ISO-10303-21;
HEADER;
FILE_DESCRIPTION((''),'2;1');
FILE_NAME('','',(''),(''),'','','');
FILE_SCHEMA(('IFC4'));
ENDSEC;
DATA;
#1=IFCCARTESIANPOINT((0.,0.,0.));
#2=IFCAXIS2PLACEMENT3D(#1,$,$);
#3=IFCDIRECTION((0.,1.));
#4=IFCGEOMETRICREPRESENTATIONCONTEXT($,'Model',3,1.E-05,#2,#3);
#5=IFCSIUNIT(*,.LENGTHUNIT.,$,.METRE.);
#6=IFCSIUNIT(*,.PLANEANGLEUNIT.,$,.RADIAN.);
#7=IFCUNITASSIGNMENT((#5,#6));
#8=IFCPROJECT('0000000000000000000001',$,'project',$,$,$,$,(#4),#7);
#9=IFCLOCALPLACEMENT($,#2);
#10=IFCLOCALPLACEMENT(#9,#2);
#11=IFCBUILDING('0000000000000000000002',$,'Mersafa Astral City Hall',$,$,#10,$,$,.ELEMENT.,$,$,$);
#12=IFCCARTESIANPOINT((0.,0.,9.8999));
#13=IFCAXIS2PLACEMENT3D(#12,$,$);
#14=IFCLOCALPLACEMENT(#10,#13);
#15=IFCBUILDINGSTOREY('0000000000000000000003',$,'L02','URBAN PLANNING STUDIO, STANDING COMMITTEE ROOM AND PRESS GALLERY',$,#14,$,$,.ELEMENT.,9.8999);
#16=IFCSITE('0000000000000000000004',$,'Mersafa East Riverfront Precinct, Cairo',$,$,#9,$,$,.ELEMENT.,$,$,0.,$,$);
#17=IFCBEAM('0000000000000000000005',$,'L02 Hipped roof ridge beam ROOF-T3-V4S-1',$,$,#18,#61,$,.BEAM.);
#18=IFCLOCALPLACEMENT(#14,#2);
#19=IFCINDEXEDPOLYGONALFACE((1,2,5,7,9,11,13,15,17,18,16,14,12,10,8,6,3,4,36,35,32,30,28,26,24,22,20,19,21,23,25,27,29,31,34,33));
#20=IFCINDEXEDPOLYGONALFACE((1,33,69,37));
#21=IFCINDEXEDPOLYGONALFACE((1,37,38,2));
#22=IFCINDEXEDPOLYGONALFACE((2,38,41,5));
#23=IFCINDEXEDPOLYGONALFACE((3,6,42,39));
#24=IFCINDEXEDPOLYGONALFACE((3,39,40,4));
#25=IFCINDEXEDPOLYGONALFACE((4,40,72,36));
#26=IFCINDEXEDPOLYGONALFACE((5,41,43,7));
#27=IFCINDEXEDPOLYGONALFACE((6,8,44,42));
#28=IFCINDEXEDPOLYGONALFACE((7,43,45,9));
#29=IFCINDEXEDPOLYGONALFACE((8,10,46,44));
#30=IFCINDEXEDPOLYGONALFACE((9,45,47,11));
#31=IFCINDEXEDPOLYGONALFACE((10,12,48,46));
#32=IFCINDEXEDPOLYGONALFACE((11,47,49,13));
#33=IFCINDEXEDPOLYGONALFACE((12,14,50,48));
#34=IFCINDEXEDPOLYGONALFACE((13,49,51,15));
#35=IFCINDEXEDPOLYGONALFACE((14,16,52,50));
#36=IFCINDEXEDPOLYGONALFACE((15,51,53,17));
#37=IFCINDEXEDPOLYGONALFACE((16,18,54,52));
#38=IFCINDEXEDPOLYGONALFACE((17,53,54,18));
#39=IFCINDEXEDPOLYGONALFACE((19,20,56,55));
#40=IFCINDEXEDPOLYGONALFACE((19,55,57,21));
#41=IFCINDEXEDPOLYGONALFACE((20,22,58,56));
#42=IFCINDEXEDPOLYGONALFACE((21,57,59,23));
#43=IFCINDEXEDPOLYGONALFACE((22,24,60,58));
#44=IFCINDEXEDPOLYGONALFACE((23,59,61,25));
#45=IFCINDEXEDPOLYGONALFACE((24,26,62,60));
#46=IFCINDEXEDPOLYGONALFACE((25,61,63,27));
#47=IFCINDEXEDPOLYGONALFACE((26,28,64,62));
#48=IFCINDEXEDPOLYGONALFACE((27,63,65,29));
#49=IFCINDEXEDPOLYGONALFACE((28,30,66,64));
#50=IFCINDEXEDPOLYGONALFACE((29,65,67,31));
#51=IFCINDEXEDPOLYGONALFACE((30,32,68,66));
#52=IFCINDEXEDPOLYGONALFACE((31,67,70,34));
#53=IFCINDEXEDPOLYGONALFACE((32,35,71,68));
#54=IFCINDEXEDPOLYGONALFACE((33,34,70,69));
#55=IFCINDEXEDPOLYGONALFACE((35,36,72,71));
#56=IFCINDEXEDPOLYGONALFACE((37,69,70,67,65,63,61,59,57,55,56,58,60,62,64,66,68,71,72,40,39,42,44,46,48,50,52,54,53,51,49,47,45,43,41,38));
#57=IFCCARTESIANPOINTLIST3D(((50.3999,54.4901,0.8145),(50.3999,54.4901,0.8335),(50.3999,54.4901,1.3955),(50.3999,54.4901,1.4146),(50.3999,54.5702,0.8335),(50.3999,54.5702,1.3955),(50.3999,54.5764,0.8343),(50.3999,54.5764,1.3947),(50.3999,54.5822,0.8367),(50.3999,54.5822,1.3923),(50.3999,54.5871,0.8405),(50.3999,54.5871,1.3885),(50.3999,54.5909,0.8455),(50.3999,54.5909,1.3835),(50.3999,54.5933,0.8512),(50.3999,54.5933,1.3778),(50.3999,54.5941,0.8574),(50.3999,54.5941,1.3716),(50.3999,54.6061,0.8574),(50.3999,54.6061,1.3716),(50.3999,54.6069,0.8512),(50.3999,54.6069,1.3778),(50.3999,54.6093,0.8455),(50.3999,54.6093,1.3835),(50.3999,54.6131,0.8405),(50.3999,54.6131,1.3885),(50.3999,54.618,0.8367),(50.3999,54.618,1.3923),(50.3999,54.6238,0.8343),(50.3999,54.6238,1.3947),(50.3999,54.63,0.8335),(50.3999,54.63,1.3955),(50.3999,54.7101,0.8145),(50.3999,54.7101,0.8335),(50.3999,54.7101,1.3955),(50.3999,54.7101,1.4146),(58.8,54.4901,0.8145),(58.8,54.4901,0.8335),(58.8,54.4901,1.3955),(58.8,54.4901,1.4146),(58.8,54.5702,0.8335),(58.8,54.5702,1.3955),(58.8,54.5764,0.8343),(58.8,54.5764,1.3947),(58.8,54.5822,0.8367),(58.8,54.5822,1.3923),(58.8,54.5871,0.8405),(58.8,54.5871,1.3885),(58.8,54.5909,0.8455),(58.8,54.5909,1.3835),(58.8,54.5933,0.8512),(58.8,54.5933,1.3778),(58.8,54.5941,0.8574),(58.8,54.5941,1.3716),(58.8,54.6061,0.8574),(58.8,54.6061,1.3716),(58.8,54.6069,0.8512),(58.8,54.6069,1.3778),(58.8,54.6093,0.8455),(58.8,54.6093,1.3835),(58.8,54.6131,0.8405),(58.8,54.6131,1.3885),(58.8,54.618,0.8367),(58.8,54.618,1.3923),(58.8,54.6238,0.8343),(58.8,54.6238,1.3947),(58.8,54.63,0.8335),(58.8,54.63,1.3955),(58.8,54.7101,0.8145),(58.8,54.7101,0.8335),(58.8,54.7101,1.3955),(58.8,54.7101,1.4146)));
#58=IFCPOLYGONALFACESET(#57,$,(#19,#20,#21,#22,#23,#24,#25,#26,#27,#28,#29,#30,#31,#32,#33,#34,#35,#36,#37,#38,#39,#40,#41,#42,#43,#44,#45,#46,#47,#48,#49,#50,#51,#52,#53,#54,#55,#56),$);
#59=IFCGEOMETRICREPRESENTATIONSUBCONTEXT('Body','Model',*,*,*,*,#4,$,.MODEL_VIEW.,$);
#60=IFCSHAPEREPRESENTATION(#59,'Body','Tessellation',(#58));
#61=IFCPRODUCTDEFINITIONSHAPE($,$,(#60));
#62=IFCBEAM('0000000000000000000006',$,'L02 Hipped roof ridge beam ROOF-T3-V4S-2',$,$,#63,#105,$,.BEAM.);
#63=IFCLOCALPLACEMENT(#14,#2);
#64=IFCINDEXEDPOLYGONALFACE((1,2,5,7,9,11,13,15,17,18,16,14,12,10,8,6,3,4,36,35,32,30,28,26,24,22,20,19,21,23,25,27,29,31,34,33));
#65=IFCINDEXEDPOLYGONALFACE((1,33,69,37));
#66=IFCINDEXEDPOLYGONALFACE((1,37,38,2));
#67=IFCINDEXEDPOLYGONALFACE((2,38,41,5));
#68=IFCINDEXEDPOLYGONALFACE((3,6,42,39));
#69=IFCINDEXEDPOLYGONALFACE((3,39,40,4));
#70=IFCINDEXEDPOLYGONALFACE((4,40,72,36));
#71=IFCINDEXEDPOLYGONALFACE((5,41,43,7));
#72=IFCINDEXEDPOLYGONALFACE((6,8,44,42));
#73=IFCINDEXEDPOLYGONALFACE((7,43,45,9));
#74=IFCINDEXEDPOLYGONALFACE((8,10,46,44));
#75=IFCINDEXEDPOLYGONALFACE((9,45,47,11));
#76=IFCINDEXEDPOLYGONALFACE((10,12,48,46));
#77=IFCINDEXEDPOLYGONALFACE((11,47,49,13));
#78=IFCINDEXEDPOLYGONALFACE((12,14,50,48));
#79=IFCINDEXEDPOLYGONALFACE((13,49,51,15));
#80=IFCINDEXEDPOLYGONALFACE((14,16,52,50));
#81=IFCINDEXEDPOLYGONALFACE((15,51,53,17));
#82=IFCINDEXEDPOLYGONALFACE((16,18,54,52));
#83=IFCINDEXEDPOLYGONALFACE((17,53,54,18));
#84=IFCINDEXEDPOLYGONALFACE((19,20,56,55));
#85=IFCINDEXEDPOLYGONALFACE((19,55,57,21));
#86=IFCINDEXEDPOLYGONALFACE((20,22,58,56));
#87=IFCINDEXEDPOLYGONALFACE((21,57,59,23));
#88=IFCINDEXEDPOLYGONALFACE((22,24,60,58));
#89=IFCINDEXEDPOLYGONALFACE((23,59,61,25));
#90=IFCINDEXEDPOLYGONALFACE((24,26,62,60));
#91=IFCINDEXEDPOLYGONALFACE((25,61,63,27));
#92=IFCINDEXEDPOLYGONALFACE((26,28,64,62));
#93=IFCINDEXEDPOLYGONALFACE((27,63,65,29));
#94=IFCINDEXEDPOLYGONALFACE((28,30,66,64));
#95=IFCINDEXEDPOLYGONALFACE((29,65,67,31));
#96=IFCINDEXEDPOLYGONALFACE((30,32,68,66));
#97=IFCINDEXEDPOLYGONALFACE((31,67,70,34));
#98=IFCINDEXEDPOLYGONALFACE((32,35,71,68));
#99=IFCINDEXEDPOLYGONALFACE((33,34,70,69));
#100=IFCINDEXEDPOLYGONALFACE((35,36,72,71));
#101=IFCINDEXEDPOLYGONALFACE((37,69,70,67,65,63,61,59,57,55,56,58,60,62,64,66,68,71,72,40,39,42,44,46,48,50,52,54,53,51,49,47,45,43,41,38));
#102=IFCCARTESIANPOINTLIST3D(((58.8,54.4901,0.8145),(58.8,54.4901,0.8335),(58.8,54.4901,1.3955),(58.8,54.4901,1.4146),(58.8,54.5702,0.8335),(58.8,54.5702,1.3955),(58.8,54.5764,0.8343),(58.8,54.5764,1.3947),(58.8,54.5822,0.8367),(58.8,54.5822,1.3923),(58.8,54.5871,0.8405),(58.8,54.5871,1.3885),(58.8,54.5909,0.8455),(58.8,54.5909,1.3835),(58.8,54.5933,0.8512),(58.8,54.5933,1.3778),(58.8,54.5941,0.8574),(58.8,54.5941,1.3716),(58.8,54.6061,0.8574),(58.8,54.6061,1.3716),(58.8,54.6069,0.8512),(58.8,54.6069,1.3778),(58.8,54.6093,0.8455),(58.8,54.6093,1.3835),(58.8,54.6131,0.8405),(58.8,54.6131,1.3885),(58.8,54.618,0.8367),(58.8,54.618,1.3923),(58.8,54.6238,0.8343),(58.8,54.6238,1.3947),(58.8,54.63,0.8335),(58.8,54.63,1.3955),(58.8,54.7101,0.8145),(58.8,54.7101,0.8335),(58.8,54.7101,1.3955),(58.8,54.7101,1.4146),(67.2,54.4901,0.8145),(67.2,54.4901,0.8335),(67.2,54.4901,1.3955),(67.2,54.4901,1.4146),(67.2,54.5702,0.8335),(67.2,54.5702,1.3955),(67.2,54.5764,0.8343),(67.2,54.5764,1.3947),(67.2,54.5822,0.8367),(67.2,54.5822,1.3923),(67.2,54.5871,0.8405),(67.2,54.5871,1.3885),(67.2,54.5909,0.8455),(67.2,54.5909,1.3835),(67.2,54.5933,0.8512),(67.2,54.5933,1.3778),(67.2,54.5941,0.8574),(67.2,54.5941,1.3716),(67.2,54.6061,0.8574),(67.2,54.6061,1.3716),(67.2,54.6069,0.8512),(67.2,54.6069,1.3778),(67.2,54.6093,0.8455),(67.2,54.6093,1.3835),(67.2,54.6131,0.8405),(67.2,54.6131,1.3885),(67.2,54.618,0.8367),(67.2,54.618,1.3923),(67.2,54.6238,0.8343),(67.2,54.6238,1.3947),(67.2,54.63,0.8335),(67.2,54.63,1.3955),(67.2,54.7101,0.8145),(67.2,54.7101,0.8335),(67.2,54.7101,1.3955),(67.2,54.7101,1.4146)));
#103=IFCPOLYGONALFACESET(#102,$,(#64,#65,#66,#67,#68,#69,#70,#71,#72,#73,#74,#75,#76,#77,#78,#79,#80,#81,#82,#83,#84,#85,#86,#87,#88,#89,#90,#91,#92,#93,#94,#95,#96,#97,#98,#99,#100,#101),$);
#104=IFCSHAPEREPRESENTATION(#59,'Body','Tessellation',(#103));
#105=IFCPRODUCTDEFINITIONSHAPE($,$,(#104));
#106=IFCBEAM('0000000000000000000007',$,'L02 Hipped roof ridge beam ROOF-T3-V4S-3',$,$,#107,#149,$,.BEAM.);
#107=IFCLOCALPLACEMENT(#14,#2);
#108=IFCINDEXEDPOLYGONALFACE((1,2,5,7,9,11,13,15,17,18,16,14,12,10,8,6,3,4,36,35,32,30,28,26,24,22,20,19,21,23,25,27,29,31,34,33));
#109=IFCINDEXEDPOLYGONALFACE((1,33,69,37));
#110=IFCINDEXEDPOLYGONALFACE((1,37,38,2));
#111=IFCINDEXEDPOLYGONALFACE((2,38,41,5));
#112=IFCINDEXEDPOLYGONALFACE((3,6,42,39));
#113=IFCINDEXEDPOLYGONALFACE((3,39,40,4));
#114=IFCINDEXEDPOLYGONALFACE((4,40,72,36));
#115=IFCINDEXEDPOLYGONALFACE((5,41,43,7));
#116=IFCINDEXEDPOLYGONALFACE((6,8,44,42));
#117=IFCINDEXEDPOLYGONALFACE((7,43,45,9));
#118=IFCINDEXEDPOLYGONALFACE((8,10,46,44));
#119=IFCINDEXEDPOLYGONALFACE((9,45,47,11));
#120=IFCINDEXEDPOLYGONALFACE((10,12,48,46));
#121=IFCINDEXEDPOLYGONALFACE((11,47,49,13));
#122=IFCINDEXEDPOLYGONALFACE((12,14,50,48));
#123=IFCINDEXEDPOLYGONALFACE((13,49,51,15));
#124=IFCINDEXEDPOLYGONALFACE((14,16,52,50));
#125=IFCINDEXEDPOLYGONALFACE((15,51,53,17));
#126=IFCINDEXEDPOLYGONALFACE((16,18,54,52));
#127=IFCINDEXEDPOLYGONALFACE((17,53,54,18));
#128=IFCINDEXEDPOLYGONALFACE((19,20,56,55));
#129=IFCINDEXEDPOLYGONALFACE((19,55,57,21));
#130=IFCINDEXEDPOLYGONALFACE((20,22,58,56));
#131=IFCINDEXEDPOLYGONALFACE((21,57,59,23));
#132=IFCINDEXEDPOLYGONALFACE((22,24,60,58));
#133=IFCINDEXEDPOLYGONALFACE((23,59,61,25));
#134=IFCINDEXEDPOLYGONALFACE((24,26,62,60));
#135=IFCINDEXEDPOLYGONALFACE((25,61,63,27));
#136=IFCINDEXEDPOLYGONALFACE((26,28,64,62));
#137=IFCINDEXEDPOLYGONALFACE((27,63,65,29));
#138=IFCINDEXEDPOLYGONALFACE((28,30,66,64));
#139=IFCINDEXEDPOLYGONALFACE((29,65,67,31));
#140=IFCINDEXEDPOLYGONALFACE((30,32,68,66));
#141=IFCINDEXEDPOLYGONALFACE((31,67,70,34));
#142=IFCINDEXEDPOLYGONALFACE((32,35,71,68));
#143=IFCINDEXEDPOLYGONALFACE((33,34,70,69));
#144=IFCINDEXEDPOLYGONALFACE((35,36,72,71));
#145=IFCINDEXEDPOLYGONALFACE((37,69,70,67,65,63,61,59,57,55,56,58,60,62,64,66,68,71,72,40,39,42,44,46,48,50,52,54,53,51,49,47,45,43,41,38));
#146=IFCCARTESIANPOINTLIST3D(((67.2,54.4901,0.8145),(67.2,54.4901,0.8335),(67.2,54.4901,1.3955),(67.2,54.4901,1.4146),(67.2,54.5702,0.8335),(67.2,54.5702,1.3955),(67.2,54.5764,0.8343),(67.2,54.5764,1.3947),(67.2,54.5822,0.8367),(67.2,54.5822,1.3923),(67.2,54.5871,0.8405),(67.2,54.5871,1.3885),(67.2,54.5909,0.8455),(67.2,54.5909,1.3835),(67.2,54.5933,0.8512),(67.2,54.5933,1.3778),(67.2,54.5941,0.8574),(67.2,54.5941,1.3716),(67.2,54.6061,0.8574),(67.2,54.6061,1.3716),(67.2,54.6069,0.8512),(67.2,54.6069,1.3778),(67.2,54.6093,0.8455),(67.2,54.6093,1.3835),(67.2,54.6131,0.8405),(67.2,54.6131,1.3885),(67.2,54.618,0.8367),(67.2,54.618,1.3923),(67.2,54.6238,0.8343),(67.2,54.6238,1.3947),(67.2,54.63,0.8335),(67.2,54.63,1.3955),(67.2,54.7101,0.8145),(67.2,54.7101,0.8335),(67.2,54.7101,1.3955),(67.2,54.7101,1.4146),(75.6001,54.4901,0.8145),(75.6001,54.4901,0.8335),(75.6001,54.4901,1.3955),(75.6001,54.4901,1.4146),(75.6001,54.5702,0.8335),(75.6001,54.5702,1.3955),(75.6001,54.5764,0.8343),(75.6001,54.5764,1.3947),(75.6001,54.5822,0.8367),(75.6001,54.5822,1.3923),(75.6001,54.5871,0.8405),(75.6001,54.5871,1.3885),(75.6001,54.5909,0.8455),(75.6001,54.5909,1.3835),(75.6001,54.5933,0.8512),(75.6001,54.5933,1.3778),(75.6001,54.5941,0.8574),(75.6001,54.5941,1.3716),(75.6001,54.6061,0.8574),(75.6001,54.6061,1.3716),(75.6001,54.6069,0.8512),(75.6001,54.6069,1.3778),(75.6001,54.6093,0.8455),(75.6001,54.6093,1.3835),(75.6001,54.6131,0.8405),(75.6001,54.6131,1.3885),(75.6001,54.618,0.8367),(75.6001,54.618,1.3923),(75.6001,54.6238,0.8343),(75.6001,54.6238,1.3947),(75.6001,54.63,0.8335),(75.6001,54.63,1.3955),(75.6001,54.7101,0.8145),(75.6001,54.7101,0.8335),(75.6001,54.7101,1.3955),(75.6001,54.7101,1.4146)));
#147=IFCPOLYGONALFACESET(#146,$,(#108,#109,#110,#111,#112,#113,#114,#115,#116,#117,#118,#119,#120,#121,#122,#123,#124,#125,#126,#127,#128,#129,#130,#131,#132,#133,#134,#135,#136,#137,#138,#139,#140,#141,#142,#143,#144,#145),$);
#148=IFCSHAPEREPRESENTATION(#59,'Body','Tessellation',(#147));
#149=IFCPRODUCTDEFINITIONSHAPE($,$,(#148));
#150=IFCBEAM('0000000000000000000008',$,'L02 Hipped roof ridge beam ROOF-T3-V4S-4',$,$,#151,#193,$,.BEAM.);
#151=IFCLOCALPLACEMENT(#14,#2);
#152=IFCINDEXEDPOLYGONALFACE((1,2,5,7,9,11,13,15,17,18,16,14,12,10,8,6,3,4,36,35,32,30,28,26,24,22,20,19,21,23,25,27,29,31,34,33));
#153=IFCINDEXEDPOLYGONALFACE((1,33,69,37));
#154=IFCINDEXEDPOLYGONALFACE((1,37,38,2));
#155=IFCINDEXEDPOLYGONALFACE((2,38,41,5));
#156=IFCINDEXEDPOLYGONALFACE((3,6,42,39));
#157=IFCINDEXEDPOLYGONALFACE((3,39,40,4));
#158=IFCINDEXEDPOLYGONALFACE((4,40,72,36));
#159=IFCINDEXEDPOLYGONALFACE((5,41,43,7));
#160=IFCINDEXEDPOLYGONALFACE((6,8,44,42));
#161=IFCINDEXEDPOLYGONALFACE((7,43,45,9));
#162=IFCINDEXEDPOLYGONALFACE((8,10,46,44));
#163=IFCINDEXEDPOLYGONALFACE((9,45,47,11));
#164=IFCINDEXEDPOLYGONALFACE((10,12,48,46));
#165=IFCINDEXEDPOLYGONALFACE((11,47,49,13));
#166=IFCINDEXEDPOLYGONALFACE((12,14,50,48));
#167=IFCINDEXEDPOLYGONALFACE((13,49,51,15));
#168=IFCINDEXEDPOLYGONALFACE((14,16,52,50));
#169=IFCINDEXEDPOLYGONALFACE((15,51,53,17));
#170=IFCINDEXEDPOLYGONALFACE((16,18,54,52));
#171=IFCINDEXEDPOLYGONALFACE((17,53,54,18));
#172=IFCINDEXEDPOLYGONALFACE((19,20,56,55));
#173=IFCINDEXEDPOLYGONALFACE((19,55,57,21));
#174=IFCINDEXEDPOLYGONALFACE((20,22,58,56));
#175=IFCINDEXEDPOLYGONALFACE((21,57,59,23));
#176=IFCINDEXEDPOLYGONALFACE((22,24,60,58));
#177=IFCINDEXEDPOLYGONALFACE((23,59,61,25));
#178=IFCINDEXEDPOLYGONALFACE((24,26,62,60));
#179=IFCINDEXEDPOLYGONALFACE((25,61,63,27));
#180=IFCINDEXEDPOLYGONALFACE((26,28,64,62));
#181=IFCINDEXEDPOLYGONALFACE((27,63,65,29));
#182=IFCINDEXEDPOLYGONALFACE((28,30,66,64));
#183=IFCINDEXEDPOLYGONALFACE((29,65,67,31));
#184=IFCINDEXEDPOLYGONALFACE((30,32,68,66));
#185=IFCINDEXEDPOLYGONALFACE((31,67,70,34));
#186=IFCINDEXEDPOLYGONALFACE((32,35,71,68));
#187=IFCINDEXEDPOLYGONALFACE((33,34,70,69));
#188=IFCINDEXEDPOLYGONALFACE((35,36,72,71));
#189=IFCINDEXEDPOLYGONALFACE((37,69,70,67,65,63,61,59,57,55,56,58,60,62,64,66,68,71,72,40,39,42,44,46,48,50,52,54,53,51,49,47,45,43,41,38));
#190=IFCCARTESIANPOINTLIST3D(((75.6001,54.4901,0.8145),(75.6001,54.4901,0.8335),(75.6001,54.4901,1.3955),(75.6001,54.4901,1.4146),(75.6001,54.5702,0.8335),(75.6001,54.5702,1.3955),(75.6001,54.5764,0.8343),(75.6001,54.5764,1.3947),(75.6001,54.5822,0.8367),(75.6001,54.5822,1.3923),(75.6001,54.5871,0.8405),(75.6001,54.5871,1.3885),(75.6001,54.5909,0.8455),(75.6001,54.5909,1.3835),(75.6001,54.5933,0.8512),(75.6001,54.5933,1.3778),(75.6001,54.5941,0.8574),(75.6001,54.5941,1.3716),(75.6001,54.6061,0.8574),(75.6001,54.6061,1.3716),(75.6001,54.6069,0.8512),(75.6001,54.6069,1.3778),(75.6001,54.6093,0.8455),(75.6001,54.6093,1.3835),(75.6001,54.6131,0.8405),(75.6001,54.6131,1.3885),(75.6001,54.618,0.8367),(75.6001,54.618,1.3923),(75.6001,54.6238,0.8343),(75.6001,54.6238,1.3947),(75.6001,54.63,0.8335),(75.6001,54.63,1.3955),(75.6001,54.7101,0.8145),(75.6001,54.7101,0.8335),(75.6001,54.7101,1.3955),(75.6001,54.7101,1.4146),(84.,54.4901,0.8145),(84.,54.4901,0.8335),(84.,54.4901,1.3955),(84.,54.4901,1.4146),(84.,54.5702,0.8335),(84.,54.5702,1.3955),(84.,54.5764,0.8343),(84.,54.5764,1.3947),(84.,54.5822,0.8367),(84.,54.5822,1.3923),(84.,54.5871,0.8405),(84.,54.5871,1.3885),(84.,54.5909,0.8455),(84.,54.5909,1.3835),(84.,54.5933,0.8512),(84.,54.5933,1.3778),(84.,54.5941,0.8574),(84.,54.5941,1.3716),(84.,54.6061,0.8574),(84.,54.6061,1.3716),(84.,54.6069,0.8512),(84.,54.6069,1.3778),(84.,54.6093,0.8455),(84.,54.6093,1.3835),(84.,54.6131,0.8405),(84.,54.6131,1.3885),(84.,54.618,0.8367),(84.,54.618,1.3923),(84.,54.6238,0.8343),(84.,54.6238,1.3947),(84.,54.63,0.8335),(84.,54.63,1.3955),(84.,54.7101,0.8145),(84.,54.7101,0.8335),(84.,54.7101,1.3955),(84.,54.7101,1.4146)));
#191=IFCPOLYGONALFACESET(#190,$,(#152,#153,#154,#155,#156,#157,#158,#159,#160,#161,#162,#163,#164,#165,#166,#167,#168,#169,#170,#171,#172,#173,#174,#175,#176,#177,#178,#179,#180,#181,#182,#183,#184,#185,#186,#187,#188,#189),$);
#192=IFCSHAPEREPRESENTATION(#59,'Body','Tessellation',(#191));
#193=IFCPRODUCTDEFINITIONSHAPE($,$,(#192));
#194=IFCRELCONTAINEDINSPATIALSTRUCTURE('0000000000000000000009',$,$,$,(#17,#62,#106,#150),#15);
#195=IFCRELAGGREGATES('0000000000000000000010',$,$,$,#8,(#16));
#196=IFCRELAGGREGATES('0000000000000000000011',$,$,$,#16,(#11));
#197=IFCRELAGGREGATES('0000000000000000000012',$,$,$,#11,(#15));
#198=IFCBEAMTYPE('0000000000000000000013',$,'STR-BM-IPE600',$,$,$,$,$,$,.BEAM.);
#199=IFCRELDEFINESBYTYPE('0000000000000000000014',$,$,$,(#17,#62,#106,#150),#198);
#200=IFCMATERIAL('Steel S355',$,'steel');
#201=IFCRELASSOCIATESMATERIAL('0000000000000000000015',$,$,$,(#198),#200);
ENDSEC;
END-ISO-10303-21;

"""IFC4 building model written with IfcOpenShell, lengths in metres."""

from ifc_helpers import new_model, si_unit, direction, frame, origin, origin_2d, place, context, subcontext, project, spatial, i_section, extrude, material, material_profile, profile_set, type_object, element, save


model = new_model("IFC4")

# Units and contexts
model_context = context("Model", 3, precision=1e-05, world=origin(), true_north=direction((0.0, 1.0)))
body_context = subcontext(model_context, "Body", "Model", "MODEL_VIEW")
ifc_project = project(units=[si_unit("LENGTHUNIT", "METRE"), si_unit("PLANEANGLEUNIT", "RADIAN")], contexts=[model_context])

# Site, building, storey
site_placement = place(None, origin())
site = spatial("IfcSite", under=ifc_project, at=site_placement, Name="Mersafa East Riverfront Precinct, Cairo", CompositionType="ELEMENT", RefElevation=0.0)
building_placement = place(site_placement, origin())
building = spatial("IfcBuilding", under=site, at=building_placement, Name="Mersafa Astral City Hall", CompositionType="ELEMENT")
storey_placement = place(building_placement, frame((0.0, 0.0, 9.8999)))
storey = spatial("IfcBuildingStorey", under=building, at=storey_placement, Name="L02", Description="URBAN PLANNING STUDIO, STANDING COMMITTEE ROOM AND PRESS GALLERY", CompositionType="ELEMENT", Elevation=9.8999)

# Beams
ifc_material_1 = material(Name="Steel S355", Category="steel")
ifc_material_profile_1 = material_profile(ifc_material_1, i_section(OverallWidth=0.22, OverallDepth=0.6001, WebThickness=0.012, FlangeThickness=0.019, FilletRadius=0.0239, at=origin_2d()), Name="IPE 600")
ifc_profile_set_1 = profile_set([ifc_material_profile_1], Name="Steel S355")
beam_type_1 = type_object("IfcBeamType", Name="STR-BM-IPE600", PredefinedType="BEAM", material=ifc_profile_set_1)
beam_1_placement = place(storey_placement, frame((50.3999, 54.6001, 1.1145), z_axis=(1.0, 0.0, 0.0), x_axis=(0.0, 1.0, 0.0)))
element("IfcBeam", 1, at=beam_1_placement, inside=storey, type_object=beam_type_1, Name="L02 Hipped roof ridge beam ROOF-T3-V4S-1", PredefinedType="BEAM", context=body_context, shape_type="SweptSolid", body=[
    extrude(i_section(OverallWidth=0.22, OverallDepth=0.6001, WebThickness=0.012, FlangeThickness=0.019, FilletRadius=0.0239, at=origin_2d()), origin(), (0.0, 0.0, 1.0), 8.4001),
])
beam_2_placement = place(storey_placement, frame((58.8, 54.6001, 1.1145), z_axis=(1.0, 0.0, 0.0), x_axis=(0.0, 1.0, 0.0)))
element("IfcBeam", 2, at=beam_2_placement, inside=storey, type_object=beam_type_1, Name="L02 Hipped roof ridge beam ROOF-T3-V4S-2", PredefinedType="BEAM", context=body_context, shape_type="SweptSolid", body=[
    extrude(i_section(OverallWidth=0.22, OverallDepth=0.6001, WebThickness=0.012, FlangeThickness=0.019, FilletRadius=0.0239, at=origin_2d()), origin(), (0.0, 0.0, 1.0), 8.3999),
])
beam_3_placement = place(storey_placement, frame((67.2, 54.6001, 1.1145), z_axis=(1.0, 0.0, 0.0), x_axis=(0.0, 1.0, 0.0)))
element("IfcBeam", 3, at=beam_3_placement, inside=storey, type_object=beam_type_1, Name="L02 Hipped roof ridge beam ROOF-T3-V4S-3", PredefinedType="BEAM", context=body_context, shape_type="SweptSolid", body=[
    extrude(i_section(OverallWidth=0.22, OverallDepth=0.6001, WebThickness=0.012, FlangeThickness=0.019, FilletRadius=0.0239, at=origin_2d()), origin(), (0.0, 0.0, 1.0), 8.4001),
])
beam_4_placement = place(storey_placement, frame((75.6001, 54.6001, 1.1145), z_axis=(1.0, 0.0, 0.0), x_axis=(0.0, 1.0, 0.0)))
element("IfcBeam", 4, at=beam_4_placement, inside=storey, type_object=beam_type_1, Name="L02 Hipped roof ridge beam ROOF-T3-V4S-4", PredefinedType="BEAM", context=body_context, shape_type="SweptSolid", body=[
    extrude(i_section(OverallWidth=0.22, OverallDepth=0.6001, WebThickness=0.012, FlangeThickness=0.019, FilletRadius=0.0239, at=origin_2d()), origin(), (0.0, 0.0, 1.0), 8.3999),
])

save(model, "model.ifc")
